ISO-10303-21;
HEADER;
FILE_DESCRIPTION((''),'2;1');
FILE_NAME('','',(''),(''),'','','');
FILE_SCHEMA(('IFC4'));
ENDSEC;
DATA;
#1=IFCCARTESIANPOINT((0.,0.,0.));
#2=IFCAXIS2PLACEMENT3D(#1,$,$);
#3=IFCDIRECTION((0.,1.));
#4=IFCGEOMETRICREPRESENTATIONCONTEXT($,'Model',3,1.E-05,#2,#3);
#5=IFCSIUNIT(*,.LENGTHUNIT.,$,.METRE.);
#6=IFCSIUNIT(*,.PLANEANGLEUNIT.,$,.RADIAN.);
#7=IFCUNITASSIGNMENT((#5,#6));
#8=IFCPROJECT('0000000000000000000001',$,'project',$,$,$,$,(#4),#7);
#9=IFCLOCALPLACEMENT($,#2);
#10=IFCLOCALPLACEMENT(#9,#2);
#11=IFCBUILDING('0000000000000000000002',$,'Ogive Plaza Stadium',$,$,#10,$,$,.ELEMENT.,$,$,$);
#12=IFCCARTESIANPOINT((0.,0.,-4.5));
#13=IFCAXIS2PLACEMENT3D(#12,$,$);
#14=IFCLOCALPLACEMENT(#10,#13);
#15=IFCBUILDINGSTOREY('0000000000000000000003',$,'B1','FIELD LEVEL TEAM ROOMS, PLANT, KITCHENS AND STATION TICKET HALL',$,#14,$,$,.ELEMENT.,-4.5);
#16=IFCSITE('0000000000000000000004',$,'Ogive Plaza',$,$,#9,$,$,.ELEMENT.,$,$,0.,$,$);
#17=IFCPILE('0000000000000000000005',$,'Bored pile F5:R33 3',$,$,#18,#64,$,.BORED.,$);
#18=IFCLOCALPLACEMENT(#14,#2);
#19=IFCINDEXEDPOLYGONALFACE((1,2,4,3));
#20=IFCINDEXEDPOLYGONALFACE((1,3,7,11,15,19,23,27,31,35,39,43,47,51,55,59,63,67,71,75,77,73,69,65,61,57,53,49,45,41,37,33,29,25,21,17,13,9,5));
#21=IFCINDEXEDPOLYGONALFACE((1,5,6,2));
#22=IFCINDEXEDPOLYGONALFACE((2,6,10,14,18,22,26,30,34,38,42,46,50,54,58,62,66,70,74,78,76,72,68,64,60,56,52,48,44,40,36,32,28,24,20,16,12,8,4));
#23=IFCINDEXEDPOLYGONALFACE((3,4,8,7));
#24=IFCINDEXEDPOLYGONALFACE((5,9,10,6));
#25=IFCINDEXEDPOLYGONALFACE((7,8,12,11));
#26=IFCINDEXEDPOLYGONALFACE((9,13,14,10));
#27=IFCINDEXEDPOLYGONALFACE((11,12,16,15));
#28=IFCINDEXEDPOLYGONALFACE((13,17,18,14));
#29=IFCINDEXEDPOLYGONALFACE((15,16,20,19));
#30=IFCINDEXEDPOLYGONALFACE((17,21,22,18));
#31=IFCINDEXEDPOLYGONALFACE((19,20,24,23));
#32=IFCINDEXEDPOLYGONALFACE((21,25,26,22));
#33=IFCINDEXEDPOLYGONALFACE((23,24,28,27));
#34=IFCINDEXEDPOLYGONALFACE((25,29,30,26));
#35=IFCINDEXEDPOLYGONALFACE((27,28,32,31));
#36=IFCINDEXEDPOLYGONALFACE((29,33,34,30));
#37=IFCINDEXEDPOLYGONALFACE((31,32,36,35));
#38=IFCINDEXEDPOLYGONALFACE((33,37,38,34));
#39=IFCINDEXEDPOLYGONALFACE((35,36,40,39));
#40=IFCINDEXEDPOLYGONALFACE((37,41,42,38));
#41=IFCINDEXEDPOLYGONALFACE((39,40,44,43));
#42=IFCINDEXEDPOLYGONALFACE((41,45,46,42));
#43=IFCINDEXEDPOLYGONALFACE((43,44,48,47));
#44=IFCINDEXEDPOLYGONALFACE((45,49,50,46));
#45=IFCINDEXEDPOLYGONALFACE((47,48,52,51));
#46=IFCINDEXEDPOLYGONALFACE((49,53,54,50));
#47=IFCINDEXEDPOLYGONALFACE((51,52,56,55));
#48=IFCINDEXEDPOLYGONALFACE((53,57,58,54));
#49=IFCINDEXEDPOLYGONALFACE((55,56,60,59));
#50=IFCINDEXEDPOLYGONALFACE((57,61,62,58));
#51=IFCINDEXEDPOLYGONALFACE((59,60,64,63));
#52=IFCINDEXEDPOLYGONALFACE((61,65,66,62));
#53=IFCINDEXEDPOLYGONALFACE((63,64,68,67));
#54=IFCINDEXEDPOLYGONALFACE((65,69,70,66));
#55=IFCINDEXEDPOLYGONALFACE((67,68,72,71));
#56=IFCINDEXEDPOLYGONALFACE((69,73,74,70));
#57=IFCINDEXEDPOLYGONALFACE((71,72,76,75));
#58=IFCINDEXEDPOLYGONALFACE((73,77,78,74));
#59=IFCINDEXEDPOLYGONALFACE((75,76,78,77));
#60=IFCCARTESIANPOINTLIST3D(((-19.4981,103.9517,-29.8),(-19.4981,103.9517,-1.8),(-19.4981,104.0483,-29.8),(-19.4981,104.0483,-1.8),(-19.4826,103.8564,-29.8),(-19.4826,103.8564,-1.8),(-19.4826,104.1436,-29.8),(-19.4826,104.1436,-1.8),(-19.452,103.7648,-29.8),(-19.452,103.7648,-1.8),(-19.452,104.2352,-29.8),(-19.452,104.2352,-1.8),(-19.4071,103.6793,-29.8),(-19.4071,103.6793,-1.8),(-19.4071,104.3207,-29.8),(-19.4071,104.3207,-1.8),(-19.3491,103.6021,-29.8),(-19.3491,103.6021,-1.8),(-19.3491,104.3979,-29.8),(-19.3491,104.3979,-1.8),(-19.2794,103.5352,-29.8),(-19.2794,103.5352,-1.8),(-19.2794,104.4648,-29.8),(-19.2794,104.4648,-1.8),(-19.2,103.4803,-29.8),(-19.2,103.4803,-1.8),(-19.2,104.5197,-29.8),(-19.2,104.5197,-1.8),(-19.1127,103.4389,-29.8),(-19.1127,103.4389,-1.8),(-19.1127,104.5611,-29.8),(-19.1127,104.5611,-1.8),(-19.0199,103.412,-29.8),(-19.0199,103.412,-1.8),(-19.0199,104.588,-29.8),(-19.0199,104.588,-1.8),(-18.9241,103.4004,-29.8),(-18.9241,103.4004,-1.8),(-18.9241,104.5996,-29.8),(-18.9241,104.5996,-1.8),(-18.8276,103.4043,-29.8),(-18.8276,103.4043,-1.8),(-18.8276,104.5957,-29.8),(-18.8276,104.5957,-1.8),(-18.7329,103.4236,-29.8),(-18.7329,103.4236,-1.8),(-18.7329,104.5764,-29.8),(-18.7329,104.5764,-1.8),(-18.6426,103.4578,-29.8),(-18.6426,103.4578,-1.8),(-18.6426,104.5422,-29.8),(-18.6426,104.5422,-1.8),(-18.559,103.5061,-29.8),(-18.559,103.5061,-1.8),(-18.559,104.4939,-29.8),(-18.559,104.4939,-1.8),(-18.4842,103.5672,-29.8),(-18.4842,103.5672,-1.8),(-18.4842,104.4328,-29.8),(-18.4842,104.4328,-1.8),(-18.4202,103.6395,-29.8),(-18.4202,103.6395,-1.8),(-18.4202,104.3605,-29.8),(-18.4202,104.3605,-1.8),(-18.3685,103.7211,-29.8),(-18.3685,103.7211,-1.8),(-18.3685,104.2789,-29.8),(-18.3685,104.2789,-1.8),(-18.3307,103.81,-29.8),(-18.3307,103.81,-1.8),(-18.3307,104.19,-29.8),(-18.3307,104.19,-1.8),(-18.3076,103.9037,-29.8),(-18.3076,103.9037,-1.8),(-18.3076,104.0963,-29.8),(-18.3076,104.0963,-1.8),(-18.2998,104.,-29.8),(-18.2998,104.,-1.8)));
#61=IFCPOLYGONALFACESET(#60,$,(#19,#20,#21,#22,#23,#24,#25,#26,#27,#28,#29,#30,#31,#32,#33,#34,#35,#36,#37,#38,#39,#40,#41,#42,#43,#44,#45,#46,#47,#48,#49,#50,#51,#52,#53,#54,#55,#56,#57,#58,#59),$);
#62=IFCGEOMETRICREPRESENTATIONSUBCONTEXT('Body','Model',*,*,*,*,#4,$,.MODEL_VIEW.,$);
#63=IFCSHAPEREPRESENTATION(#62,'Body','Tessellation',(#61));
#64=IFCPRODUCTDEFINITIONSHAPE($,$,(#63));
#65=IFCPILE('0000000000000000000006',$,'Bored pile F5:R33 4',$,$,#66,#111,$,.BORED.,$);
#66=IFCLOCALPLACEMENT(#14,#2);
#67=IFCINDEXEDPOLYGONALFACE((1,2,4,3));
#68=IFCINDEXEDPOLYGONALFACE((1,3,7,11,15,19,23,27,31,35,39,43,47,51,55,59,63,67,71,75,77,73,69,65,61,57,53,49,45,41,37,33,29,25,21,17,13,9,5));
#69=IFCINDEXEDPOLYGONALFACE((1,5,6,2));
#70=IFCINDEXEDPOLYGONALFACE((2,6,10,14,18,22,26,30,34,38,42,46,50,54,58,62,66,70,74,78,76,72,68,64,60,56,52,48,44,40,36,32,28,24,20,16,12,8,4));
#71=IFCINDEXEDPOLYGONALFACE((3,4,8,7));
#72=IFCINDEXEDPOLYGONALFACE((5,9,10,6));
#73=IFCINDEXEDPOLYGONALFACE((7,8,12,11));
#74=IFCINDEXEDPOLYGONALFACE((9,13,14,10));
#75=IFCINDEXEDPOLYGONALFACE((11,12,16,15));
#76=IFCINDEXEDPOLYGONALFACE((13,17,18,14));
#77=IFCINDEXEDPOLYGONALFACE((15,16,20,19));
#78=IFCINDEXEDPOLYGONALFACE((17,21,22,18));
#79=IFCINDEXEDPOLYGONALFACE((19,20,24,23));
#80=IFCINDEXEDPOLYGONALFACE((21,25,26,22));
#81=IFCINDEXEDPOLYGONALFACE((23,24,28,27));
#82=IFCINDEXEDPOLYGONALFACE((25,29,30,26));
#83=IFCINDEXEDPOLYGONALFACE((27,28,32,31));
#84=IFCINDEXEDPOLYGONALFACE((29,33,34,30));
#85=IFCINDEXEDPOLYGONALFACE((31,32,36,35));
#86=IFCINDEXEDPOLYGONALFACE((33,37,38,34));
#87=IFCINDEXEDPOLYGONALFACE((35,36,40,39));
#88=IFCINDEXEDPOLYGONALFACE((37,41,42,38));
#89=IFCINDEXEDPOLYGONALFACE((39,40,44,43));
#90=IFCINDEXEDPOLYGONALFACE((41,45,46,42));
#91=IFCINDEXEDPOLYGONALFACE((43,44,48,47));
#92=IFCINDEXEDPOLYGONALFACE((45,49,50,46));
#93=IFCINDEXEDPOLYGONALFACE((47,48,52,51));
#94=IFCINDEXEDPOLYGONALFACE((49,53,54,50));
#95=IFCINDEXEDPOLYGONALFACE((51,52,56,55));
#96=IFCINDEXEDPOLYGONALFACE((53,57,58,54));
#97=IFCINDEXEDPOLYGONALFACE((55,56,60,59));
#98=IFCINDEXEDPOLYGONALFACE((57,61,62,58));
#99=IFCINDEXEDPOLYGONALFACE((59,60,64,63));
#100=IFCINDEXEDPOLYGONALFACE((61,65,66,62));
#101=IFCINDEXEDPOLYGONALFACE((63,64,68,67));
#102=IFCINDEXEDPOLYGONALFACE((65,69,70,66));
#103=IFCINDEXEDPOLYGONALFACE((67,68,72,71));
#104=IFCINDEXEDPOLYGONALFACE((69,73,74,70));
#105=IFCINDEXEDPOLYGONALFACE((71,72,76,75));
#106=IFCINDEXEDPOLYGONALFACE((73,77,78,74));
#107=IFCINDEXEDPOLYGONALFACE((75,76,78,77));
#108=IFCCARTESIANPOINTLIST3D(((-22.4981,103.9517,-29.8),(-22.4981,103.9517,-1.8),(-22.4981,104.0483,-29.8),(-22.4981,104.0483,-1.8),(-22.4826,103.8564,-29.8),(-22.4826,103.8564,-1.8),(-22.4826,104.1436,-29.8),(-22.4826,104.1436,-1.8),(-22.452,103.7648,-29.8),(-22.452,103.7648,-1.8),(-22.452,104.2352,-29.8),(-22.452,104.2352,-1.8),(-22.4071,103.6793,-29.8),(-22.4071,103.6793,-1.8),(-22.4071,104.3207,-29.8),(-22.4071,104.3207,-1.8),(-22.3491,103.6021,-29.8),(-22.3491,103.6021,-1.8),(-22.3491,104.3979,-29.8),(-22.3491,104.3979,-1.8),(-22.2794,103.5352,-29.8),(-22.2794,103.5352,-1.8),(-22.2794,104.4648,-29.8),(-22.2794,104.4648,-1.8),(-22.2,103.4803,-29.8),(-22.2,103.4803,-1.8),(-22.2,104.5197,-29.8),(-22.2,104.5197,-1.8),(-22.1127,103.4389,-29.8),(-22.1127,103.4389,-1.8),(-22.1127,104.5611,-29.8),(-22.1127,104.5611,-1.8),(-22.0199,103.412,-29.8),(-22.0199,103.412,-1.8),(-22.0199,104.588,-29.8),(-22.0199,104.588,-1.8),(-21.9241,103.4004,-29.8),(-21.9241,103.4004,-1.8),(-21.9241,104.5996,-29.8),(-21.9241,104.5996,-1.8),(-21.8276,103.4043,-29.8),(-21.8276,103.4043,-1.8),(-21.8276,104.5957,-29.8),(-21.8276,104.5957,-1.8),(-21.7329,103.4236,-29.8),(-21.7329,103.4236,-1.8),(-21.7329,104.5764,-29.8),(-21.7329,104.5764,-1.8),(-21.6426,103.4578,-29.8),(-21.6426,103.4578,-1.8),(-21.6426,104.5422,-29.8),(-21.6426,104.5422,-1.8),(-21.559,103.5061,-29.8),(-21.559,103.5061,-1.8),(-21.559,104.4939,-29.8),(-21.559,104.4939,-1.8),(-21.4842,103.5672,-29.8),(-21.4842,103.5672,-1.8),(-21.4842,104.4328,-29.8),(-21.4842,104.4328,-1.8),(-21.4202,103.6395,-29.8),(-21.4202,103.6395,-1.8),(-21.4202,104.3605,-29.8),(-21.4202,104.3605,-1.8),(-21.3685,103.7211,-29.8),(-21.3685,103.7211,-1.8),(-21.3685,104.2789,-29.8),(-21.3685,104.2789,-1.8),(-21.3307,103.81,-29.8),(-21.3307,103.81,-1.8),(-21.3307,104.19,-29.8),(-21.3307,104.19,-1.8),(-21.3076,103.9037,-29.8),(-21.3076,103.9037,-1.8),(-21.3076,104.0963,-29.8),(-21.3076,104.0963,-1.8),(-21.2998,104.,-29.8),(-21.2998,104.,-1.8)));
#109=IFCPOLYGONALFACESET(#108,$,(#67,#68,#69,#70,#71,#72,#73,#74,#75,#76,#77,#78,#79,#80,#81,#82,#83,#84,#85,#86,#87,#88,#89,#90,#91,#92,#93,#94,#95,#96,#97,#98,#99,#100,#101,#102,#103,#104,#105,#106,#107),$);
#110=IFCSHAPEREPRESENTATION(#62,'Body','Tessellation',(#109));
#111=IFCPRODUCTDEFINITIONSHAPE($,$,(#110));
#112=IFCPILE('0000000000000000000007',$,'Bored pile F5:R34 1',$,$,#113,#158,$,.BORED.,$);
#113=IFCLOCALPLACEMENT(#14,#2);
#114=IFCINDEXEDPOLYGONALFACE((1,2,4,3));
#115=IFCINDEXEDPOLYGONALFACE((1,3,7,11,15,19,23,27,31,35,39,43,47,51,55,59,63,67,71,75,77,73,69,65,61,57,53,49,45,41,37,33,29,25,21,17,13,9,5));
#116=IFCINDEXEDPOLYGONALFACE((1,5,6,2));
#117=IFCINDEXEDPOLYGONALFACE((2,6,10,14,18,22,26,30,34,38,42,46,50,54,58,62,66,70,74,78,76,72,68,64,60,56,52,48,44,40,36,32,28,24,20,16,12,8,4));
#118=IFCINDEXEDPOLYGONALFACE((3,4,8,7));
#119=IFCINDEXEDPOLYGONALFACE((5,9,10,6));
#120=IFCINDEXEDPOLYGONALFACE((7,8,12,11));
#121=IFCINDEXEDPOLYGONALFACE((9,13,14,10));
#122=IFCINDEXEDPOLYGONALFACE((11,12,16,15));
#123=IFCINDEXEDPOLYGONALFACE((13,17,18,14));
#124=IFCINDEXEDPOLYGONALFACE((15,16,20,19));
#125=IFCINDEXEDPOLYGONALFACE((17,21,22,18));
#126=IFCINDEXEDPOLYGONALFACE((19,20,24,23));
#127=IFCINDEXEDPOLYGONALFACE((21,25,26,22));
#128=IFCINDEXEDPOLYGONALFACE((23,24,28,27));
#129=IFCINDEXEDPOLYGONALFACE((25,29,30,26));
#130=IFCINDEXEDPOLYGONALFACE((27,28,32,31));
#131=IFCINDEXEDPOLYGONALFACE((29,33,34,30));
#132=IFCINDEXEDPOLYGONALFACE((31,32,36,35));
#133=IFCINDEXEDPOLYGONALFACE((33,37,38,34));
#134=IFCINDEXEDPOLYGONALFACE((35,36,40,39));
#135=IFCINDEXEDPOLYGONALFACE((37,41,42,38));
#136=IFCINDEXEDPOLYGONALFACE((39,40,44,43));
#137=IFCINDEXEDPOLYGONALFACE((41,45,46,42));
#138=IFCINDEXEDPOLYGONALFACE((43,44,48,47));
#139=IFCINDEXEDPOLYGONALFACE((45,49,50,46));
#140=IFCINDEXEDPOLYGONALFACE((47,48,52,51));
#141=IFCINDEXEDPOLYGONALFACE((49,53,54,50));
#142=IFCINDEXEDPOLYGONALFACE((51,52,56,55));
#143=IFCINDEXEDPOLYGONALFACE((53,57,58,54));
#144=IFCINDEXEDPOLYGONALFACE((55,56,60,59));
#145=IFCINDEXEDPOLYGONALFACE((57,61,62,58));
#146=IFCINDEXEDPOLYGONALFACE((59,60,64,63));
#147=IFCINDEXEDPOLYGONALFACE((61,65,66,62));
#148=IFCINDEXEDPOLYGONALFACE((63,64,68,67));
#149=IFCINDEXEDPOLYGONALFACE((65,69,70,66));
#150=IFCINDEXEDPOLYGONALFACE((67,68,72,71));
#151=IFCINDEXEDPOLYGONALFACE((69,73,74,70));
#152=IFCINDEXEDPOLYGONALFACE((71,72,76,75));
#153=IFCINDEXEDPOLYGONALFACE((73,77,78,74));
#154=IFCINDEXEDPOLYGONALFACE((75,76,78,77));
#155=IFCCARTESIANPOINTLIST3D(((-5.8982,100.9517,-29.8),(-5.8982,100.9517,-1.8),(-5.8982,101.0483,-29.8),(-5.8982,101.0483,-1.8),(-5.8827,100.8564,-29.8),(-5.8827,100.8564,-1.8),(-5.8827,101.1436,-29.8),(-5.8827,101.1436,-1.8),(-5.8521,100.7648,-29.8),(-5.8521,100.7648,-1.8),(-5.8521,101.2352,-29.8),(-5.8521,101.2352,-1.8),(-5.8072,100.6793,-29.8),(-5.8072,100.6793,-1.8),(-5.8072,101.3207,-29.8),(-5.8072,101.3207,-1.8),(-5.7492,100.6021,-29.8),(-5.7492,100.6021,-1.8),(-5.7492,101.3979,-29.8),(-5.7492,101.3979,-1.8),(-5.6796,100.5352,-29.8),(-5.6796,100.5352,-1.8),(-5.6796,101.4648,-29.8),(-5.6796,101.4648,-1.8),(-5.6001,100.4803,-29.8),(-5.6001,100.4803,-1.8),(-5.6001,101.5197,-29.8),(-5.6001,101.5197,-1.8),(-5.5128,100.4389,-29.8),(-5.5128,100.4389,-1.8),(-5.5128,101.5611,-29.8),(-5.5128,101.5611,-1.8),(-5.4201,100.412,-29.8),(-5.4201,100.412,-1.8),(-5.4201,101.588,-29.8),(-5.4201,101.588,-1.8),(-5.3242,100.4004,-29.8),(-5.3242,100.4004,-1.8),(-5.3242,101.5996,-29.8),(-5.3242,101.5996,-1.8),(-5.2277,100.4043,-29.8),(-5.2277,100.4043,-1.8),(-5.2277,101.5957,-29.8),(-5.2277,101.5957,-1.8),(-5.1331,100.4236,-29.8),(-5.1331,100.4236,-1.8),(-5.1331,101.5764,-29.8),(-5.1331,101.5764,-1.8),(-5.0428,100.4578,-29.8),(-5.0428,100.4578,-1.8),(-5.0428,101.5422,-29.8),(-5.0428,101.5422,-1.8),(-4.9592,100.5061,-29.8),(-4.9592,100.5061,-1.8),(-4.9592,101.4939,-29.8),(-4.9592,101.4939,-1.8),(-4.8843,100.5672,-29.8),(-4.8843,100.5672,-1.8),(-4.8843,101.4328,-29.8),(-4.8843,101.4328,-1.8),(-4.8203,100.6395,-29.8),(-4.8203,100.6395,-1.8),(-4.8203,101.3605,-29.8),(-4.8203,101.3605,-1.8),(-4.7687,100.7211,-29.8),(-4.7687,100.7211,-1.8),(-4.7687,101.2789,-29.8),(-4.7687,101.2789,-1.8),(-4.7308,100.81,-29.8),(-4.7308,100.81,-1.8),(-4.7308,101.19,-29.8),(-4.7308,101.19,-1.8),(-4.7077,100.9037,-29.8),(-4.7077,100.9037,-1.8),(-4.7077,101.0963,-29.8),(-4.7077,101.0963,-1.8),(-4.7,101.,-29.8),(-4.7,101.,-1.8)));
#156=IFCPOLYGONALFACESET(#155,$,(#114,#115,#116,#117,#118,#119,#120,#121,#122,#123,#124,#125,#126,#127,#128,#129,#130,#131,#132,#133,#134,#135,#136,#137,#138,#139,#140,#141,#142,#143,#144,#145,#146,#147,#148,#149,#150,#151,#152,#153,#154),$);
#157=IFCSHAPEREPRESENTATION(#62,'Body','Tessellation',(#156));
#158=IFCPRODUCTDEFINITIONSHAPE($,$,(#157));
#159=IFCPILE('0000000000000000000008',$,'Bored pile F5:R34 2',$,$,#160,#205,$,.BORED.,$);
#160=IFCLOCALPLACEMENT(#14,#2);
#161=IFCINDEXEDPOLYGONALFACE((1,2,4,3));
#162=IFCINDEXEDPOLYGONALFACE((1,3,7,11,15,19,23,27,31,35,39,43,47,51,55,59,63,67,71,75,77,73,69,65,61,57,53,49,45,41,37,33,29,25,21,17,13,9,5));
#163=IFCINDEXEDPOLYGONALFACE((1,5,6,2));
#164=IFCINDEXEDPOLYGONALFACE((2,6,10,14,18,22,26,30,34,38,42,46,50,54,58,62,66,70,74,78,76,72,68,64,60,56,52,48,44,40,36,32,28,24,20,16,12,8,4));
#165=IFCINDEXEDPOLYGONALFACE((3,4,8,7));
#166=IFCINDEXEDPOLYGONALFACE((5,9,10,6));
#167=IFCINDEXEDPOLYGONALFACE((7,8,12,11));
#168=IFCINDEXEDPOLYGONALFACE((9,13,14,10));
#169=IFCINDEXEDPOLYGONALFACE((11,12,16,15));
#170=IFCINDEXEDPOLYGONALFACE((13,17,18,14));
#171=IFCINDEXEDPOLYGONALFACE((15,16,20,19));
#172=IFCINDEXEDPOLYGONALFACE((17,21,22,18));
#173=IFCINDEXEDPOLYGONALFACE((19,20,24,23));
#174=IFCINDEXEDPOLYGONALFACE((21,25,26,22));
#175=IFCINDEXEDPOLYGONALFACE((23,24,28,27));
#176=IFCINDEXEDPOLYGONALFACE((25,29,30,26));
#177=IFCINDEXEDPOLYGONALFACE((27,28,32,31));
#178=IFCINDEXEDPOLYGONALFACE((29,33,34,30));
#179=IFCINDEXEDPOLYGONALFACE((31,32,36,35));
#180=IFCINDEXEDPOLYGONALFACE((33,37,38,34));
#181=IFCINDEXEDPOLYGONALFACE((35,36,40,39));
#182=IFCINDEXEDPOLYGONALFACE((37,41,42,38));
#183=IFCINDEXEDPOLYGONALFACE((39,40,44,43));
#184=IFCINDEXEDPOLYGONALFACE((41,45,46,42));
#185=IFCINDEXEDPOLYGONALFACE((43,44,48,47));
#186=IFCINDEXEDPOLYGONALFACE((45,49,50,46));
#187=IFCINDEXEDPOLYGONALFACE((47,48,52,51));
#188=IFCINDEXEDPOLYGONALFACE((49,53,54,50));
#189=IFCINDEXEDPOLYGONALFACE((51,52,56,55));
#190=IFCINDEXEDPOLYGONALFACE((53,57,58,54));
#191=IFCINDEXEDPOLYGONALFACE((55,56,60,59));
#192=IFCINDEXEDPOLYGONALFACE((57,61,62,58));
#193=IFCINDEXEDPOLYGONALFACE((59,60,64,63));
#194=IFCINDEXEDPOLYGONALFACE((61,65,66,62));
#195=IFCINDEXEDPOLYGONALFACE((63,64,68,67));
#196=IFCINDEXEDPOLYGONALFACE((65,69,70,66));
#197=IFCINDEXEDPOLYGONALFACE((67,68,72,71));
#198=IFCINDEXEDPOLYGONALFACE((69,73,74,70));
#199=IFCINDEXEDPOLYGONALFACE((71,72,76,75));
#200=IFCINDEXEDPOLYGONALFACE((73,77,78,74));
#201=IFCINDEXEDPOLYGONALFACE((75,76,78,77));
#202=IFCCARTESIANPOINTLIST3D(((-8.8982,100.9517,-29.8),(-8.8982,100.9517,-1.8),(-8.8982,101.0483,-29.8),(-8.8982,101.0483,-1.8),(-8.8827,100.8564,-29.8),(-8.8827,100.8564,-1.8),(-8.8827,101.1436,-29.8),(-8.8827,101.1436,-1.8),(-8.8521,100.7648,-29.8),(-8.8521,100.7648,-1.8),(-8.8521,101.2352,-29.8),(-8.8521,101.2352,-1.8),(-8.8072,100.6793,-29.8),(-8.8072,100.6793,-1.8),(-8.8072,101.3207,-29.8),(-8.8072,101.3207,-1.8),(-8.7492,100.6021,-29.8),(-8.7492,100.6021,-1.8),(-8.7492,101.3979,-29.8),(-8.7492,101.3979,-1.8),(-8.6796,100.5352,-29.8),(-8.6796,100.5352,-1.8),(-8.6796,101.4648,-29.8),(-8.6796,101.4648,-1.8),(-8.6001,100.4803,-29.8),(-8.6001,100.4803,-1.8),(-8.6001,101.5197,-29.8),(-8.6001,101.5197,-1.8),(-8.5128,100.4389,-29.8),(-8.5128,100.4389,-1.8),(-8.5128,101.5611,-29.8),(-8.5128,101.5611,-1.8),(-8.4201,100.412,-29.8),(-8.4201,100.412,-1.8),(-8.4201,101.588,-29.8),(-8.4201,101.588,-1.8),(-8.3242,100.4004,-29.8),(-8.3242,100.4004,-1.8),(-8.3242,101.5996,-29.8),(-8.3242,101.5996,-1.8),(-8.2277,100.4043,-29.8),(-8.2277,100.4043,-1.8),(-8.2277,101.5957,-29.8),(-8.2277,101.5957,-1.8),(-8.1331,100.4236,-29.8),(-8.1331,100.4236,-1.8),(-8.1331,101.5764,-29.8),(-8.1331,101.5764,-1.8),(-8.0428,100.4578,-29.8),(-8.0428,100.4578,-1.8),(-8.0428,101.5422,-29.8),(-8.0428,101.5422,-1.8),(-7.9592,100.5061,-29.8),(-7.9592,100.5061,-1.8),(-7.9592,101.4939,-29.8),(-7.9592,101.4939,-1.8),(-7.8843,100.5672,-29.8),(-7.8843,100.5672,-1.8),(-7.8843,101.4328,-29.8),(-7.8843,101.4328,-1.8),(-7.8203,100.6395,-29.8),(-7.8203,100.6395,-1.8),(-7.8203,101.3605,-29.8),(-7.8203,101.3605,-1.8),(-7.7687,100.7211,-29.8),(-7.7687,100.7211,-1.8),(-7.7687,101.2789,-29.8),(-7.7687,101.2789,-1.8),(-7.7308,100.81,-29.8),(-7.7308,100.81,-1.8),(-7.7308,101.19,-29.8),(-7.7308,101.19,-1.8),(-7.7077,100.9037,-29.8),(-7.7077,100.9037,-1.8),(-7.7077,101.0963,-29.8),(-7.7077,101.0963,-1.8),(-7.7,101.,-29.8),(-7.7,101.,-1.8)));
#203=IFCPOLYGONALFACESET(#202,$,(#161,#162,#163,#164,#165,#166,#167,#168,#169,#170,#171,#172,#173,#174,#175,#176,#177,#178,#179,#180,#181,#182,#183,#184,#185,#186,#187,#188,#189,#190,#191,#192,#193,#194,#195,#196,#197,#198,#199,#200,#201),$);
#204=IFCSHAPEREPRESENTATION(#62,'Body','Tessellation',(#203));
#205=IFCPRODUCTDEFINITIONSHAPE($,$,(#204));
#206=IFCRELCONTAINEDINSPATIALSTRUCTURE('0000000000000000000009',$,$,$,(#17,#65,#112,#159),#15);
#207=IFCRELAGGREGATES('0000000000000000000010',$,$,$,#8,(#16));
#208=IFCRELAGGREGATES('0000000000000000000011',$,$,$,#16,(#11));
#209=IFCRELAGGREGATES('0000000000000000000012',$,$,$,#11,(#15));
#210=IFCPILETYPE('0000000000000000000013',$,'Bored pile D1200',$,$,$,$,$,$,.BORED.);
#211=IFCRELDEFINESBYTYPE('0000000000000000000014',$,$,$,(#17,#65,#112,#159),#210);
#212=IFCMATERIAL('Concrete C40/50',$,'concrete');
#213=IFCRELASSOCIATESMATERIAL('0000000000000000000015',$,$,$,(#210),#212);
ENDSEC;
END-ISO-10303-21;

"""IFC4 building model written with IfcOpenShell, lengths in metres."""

from ifc_helpers import new_model, si_unit, direction, frame, origin, origin_2d, place, context, subcontext, project, spatial, circle, extrude, material, material_profile, profile_set, type_object, element, save


model = new_model("IFC4")

# Units and contexts
model_context = context("Model", 3, precision=1e-05, world=origin(), true_north=direction((0.0, 1.0)))
body_context = subcontext(model_context, "Body", "Model", "MODEL_VIEW")
ifc_project = project(units=[si_unit("LENGTHUNIT", "METRE"), si_unit("PLANEANGLEUNIT", "RADIAN")], contexts=[model_context])

# Site, building, storey
site_placement = place(None, origin())
site = spatial("IfcSite", under=ifc_project, at=site_placement, Name="Ogive Plaza", CompositionType="ELEMENT", RefElevation=0.0)
building_placement = place(site_placement, origin())
building = spatial("IfcBuilding", under=site, at=building_placement, Name="Ogive Plaza Stadium", CompositionType="ELEMENT")
storey_placement = place(building_placement, frame((0.0, 0.0, -4.5)))
storey = spatial("IfcBuildingStorey", under=building, at=storey_placement, Name="B1", Description="FIELD LEVEL TEAM ROOMS, PLANT, KITCHENS AND STATION TICKET HALL", CompositionType="ELEMENT", Elevation=-4.5)

# Piles
ifc_material_1 = material(Name="Concrete C40/50", Category="concrete")
ifc_material_profile_1 = material_profile(ifc_material_1, circle(Radius=0.6001, at=origin_2d()), Name="RC D1200")
ifc_profile_set_1 = profile_set([ifc_material_profile_1], Name="Concrete C40/50")
pile_type_1 = type_object("IfcPileType", Name="Bored pile D1200", PredefinedType="BORED", material=ifc_profile_set_1)
for number, where, z_axis, x_axis, name in (
    (1, (-18.8999, 104.0, -1.8), (0.0, 0.0, -1.0), (1.0, 0.0, 0.0), "Bored pile F5:R33 3"),
    (2, (-21.8999, 104.0, -1.8), (0.0, 0.0, -1.0), (1.0, 0.0, 0.0), "Bored pile F5:R33 4"),
    (3, (-5.3, 101.0, -1.8), (0.0, 0.0, -1.0), (1.0, 0.0, 0.0), "Bored pile F5:R34 1"),
    (4, (-8.3, 101.0, -1.8), (0.0, 0.0, -1.0), (1.0, 0.0, 0.0), "Bored pile F5:R34 2"),
):
    element("IfcPile", number, at=place(storey_placement, frame(where, z_axis=z_axis, x_axis=x_axis)), inside=storey, type_object=pile_type_1, Name=name, PredefinedType="BORED", context=body_context, shape_type="SweptSolid", body=[
        extrude(circle(Radius=0.6001, at=origin_2d()), origin(), (0.0, 0.0, 1.0), 28.0),
    ])

save(model, "model.ifc")
